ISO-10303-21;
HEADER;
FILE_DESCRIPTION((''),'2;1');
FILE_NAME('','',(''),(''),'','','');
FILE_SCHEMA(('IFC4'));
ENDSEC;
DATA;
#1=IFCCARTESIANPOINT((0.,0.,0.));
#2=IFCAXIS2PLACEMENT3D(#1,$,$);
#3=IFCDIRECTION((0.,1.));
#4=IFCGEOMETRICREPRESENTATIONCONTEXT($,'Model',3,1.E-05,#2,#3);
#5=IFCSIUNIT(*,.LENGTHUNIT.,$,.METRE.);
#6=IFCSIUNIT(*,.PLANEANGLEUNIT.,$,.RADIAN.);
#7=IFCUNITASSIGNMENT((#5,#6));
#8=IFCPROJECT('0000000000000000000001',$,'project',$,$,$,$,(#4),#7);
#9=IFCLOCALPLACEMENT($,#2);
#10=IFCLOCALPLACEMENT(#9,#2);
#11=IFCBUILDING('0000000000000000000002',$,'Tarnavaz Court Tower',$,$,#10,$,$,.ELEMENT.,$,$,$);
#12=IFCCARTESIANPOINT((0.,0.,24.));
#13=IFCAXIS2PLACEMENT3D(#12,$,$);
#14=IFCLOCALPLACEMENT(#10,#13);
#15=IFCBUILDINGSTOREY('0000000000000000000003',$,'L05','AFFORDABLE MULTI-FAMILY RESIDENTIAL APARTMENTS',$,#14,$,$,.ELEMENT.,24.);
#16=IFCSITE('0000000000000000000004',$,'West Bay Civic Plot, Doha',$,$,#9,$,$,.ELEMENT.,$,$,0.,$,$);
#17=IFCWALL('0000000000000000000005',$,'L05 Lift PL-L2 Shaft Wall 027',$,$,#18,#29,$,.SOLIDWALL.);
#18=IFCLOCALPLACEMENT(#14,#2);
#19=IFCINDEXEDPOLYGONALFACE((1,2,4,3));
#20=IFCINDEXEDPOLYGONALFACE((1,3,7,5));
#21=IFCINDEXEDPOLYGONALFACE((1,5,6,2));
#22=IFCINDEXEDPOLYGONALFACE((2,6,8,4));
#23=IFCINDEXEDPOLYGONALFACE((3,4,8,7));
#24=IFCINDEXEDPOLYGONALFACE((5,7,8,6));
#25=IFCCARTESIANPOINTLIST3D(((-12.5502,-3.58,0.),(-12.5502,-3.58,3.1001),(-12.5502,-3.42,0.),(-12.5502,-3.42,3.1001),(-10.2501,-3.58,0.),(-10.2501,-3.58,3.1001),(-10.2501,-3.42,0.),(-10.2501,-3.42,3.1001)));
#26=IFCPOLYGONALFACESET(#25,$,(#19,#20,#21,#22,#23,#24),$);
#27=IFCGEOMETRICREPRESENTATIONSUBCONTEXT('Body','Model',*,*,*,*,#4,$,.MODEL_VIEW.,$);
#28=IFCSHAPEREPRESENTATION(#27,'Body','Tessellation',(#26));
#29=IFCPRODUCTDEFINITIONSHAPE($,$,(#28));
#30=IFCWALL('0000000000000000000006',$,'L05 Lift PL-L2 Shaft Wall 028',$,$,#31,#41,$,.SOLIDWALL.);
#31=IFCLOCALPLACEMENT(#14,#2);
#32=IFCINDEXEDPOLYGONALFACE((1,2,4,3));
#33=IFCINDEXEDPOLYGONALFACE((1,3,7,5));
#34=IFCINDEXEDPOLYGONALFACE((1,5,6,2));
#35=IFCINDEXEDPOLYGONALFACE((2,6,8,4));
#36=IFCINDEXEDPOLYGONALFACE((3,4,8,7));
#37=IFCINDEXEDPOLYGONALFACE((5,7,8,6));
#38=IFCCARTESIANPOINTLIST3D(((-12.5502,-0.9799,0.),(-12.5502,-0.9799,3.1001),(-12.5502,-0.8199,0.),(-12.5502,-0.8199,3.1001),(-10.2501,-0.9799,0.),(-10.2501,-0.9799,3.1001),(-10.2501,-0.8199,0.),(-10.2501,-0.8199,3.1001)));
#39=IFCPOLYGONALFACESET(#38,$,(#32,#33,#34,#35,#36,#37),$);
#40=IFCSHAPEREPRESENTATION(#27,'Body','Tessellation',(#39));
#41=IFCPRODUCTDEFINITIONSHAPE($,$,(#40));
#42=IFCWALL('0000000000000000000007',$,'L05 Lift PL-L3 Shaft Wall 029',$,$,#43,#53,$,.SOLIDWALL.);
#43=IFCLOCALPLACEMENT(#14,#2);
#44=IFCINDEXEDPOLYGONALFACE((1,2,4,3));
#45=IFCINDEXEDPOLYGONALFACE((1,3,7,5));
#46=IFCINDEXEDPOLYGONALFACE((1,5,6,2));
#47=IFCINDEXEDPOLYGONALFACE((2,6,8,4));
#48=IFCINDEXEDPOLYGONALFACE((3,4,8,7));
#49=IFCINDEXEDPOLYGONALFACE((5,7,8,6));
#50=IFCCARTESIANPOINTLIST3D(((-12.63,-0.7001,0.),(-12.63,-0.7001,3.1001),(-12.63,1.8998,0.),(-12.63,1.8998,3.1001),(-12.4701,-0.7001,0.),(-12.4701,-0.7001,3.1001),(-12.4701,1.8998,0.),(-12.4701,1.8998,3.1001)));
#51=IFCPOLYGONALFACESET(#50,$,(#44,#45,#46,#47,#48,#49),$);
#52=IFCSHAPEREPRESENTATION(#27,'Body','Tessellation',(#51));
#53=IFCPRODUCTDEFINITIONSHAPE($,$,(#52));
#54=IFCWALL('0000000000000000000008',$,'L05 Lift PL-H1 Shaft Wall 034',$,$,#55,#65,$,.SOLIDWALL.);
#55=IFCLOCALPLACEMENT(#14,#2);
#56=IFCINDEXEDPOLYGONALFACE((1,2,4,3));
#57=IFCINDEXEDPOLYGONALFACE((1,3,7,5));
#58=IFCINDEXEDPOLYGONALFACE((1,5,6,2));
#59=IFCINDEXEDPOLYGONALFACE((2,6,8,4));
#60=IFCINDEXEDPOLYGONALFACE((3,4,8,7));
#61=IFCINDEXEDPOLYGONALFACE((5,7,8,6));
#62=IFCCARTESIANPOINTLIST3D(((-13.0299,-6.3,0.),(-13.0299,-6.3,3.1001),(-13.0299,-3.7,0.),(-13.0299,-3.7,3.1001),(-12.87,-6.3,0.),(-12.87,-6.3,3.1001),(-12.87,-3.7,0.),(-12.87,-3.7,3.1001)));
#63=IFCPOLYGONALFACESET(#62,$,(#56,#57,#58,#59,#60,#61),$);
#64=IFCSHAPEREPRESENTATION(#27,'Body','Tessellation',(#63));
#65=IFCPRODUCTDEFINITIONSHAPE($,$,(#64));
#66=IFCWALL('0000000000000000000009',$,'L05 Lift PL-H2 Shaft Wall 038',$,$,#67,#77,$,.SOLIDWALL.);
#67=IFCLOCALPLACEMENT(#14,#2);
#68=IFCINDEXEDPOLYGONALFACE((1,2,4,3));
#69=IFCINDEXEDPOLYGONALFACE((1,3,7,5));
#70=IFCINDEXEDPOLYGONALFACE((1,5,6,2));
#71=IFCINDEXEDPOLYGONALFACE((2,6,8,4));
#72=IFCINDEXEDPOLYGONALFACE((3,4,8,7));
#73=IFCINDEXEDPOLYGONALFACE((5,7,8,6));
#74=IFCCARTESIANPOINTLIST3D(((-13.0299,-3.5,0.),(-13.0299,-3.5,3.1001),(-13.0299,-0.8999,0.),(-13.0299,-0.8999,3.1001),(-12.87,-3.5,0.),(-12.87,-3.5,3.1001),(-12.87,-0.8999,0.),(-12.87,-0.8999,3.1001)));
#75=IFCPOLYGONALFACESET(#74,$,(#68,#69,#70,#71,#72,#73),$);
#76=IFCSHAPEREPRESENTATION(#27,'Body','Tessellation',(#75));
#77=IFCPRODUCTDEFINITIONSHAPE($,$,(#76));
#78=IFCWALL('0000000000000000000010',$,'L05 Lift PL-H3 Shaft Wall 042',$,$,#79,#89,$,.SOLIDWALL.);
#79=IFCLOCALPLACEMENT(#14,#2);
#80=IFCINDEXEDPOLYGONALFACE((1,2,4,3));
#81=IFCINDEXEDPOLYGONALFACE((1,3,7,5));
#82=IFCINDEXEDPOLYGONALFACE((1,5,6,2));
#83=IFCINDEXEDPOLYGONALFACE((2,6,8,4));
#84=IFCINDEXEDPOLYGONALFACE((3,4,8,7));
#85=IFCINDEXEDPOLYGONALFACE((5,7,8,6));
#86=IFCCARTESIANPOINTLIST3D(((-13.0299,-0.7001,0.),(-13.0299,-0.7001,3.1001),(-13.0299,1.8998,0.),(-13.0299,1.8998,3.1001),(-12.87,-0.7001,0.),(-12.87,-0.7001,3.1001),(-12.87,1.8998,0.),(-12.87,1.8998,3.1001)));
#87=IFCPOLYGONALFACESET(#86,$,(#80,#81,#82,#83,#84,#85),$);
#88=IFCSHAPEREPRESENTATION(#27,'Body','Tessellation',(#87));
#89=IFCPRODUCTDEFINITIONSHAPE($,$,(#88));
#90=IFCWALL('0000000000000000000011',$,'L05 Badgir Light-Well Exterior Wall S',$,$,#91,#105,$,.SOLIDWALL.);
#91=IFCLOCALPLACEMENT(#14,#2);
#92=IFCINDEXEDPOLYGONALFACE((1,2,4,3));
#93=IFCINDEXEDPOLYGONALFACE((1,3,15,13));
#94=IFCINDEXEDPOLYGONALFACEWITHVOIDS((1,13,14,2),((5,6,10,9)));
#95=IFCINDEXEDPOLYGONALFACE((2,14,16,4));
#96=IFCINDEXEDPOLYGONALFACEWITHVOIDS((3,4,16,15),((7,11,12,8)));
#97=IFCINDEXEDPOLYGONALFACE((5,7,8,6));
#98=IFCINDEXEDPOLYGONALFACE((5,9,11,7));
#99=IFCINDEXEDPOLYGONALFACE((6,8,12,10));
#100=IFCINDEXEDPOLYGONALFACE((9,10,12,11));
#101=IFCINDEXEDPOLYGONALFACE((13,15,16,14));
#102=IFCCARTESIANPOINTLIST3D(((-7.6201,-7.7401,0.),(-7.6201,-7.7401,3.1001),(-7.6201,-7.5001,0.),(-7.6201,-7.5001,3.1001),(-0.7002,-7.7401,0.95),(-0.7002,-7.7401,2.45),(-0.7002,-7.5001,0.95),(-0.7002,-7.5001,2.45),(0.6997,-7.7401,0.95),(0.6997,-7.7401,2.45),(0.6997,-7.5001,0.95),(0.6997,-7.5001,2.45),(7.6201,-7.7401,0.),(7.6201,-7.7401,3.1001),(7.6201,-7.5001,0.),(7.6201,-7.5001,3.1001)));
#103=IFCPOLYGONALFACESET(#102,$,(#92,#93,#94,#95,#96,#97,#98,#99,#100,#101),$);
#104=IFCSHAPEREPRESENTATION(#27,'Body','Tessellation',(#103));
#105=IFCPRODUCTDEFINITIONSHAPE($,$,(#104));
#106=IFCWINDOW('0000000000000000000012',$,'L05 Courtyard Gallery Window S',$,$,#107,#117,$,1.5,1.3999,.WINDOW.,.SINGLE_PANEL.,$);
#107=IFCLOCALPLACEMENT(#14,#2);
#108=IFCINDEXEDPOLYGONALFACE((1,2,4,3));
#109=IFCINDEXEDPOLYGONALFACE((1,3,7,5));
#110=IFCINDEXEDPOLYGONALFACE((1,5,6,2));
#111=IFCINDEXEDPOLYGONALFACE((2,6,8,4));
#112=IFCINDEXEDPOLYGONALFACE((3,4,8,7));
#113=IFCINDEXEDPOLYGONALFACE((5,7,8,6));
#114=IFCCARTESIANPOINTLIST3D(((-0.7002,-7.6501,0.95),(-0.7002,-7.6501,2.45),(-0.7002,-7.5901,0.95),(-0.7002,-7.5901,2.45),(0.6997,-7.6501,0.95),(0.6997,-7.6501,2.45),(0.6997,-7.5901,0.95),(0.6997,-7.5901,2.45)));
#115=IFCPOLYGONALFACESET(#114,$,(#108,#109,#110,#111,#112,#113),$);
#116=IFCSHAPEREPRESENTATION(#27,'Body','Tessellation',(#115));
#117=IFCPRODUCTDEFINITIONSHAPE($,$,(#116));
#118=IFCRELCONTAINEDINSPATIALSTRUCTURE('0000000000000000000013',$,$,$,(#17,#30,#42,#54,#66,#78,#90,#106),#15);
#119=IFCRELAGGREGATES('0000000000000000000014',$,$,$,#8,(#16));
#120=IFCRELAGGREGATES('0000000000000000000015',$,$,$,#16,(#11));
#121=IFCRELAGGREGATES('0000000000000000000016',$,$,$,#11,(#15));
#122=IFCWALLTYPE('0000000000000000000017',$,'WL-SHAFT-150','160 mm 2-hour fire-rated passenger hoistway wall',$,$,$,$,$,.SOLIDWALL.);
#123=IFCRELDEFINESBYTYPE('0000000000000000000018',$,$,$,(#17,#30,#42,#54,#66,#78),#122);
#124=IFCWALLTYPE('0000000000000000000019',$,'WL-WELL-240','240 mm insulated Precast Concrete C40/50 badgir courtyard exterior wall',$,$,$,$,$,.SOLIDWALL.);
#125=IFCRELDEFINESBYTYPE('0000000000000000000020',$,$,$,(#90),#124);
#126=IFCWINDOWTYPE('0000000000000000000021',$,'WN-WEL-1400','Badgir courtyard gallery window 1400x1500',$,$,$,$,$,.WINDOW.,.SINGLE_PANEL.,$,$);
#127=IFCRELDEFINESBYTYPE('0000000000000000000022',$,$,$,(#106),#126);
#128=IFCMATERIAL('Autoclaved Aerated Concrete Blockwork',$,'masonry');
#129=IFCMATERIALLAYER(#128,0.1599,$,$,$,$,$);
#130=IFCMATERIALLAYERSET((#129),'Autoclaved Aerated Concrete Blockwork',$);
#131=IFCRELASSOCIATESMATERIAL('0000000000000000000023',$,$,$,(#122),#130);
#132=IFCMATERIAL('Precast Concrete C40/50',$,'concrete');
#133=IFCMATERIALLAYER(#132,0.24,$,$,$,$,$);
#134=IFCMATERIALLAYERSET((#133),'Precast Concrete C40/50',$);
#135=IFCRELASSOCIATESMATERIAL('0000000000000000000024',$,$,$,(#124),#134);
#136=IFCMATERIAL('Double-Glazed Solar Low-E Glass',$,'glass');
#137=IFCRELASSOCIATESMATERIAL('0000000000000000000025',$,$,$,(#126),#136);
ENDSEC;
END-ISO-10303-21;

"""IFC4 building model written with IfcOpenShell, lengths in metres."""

from ifc_helpers import new_model, si_unit, direction, frame, frame_2d, origin, place, context, subcontext, project, spatial, rectangle, extrude, material, layer, layer_set, type_object, element, fill, save


model = new_model("IFC4")

# Units and contexts
model_context = context("Model", 3, precision=1e-05, world=origin(), true_north=direction((0.0, 1.0)))
body_context = subcontext(model_context, "Body", "Model", "MODEL_VIEW")
ifc_project = project(units=[si_unit("LENGTHUNIT", "METRE"), si_unit("PLANEANGLEUNIT", "RADIAN")], contexts=[model_context])

# Site, building, storey
site_placement = place(None, origin())
site = spatial("IfcSite", under=ifc_project, at=site_placement, Name="West Bay Civic Plot, Doha", CompositionType="ELEMENT", RefElevation=0.0)
building_placement = place(site_placement, origin())
building = spatial("IfcBuilding", under=site, at=building_placement, Name="Tarnavaz Court Tower", CompositionType="ELEMENT")
storey_placement = place(building_placement, frame((0.0, 0.0, 24.0)))
storey = spatial("IfcBuildingStorey", under=building, at=storey_placement, Name="L05", Description="AFFORDABLE MULTI-FAMILY RESIDENTIAL APARTMENTS", CompositionType="ELEMENT", Elevation=24.0)

# Shared definitions
ifc_material_1 = material(Name="Autoclaved Aerated Concrete Blockwork", Category="masonry")
ifc_layer_1 = layer(ifc_material_1, 0.1599)
ifc_layer_set_1 = layer_set([ifc_layer_1], Name="Autoclaved Aerated Concrete Blockwork")
wall_type_1 = type_object("IfcWallType", Name="WL-SHAFT-150", Description="160 mm 2-hour fire-rated passenger hoistway wall", PredefinedType="SOLIDWALL", material=ifc_layer_set_1)

# Walls
for number, where, z_axis, x_axis, name in (
    (1, (-12.55, -3.5, 0.0), (0.0, 0.0, 1.0), (1.0, 0.0, 0.0), "L05 Lift PL-L2 Shaft Wall 027"),
    (2, (-12.55, -0.8999, 0.0), (0.0, 0.0, 1.0), (1.0, 0.0, 0.0), "L05 Lift PL-L2 Shaft Wall 028"),
):
    element("IfcWall", number, at=place(storey_placement, frame(where, z_axis=z_axis, x_axis=x_axis)), inside=storey, type_object=wall_type_1, Name=name, PredefinedType="SOLIDWALL", context=body_context, shape_type="SweptSolid", body=[
        extrude(rectangle(XDim=2.3, YDim=0.1599, at=frame_2d((1.1499, 0.0))), origin(), (0.0, 0.0, 1.0), 3.1001),
    ])
wall_1_placement = place(storey_placement, frame((-12.55, -0.7, 0.0), z_axis=(0.0, 0.0, 1.0), x_axis=(0.0, 1.0, 0.0)))
element("IfcWall", 3, at=wall_1_placement, inside=storey, type_object=wall_type_1, Name="L05 Lift PL-L3 Shaft Wall 029", PredefinedType="SOLIDWALL", context=body_context, shape_type="SweptSolid", body=[
    extrude(rectangle(XDim=2.5999, YDim=0.1599, at=frame_2d((1.2998, 0.0))), origin(), (0.0, 0.0, 1.0), 3.1001),
])
for number, where, z_axis, x_axis, name in (
    (4, (-12.95, -6.3, 0.0), (0.0, 0.0, 1.0), (0.0, 1.0, 0.0), "L05 Lift PL-H1 Shaft Wall 034"),
    (5, (-12.95, -3.5, 0.0), (0.0, 0.0, 1.0), (0.0, 1.0, 0.0), "L05 Lift PL-H2 Shaft Wall 038"),
):
    element("IfcWall", number, at=place(storey_placement, frame(where, z_axis=z_axis, x_axis=x_axis)), inside=storey, type_object=wall_type_1, Name=name, PredefinedType="SOLIDWALL", context=body_context, shape_type="SweptSolid", body=[
        extrude(rectangle(XDim=2.6001, YDim=0.1599, at=frame_2d((1.3, 0.0))), origin(), (0.0, 0.0, 1.0), 3.1001),
    ])
wall_2_placement = place(storey_placement, frame((-12.95, -0.7, 0.0), z_axis=(0.0, 0.0, 1.0), x_axis=(0.0, 1.0, 0.0)))
element("IfcWall", 6, at=wall_2_placement, inside=storey, type_object=wall_type_1, Name="L05 Lift PL-H3 Shaft Wall 042", PredefinedType="SOLIDWALL", context=body_context, shape_type="SweptSolid", body=[
    extrude(rectangle(XDim=2.5999, YDim=0.1599, at=frame_2d((1.2998, 0.0))), origin(), (0.0, 0.0, 1.0), 3.1001),
])

# Wall, opening, window
ifc_material_2 = material(Name="Precast Concrete C40/50", Category="concrete")
ifc_layer_2 = layer(ifc_material_2, 0.24)
ifc_layer_set_2 = layer_set([ifc_layer_2], Name="Precast Concrete C40/50")
wall_type_2 = type_object("IfcWallType", Name="WL-WELL-240", Description="240 mm insulated Precast Concrete C40/50 badgir courtyard exterior wall", PredefinedType="SOLIDWALL", material=ifc_layer_set_2)
wall_3_placement = place(storey_placement, frame((-7.6201, -7.6201, 0.0), z_axis=(0.0, 0.0, 1.0), x_axis=(1.0, 0.0, 0.0)))
wall_3 = element("IfcWall", 7, at=wall_3_placement, inside=storey, type_object=wall_type_2, Name="L05 Badgir Light-Well Exterior Wall S", PredefinedType="SOLIDWALL", context=body_context, shape_type="SweptSolid", body=[
    extrude(rectangle(XDim=15.2402, YDim=0.24, at=frame_2d((7.6201, 0.0))), origin(), (0.0, 0.0, 1.0), 3.1001),
])
opening_1_placement = place(wall_3_placement, frame((6.9199, 0.0, 0.95)))
opening_1 = element("IfcOpeningElement", 8, at=opening_1_placement, cuts=wall_3, PredefinedType="OPENING", context=body_context, shape_type="SweptSolid", body=[
    extrude(rectangle(XDim=1.3999, YDim=1.5, at=frame_2d((0.7, 0.75))), frame((0.0, 0.1299, 0.0), z_axis=(0.0, -1.0, 0.0), x_axis=(1.0, 0.0, 0.0)), (0.0, 0.0, 1.0), 0.26),
])
ifc_material_3 = material(Name="Double-Glazed Solar Low-E Glass", Category="glass")
window_type = type_object("IfcWindowType", Name="WN-WEL-1400", Description="Badgir courtyard gallery window 1400x1500", PartitioningType="SINGLE_PANEL", PredefinedType="WINDOW", material=ifc_material_3)
window_placement = place(opening_1_placement, origin())
window = element("IfcWindow", 9, at=window_placement, inside=storey, type_object=window_type, Name="L05 Courtyard Gallery Window S", OverallHeight=1.5, OverallWidth=1.3999, PartitioningType="SINGLE_PANEL", PredefinedType="WINDOW", context=body_context, shape_type="SweptSolid", body=[
    extrude(rectangle(XDim=1.3999, YDim=1.5, at=frame_2d((0.7, 0.75))), frame((0.0, 0.03, 0.0), z_axis=(0.0, -1.0, 0.0), x_axis=(1.0, 0.0, 0.0)), (0.0, 0.0, 1.0), 0.0601),
])
fill(opening_1, window)

save(model, "model.ifc")
